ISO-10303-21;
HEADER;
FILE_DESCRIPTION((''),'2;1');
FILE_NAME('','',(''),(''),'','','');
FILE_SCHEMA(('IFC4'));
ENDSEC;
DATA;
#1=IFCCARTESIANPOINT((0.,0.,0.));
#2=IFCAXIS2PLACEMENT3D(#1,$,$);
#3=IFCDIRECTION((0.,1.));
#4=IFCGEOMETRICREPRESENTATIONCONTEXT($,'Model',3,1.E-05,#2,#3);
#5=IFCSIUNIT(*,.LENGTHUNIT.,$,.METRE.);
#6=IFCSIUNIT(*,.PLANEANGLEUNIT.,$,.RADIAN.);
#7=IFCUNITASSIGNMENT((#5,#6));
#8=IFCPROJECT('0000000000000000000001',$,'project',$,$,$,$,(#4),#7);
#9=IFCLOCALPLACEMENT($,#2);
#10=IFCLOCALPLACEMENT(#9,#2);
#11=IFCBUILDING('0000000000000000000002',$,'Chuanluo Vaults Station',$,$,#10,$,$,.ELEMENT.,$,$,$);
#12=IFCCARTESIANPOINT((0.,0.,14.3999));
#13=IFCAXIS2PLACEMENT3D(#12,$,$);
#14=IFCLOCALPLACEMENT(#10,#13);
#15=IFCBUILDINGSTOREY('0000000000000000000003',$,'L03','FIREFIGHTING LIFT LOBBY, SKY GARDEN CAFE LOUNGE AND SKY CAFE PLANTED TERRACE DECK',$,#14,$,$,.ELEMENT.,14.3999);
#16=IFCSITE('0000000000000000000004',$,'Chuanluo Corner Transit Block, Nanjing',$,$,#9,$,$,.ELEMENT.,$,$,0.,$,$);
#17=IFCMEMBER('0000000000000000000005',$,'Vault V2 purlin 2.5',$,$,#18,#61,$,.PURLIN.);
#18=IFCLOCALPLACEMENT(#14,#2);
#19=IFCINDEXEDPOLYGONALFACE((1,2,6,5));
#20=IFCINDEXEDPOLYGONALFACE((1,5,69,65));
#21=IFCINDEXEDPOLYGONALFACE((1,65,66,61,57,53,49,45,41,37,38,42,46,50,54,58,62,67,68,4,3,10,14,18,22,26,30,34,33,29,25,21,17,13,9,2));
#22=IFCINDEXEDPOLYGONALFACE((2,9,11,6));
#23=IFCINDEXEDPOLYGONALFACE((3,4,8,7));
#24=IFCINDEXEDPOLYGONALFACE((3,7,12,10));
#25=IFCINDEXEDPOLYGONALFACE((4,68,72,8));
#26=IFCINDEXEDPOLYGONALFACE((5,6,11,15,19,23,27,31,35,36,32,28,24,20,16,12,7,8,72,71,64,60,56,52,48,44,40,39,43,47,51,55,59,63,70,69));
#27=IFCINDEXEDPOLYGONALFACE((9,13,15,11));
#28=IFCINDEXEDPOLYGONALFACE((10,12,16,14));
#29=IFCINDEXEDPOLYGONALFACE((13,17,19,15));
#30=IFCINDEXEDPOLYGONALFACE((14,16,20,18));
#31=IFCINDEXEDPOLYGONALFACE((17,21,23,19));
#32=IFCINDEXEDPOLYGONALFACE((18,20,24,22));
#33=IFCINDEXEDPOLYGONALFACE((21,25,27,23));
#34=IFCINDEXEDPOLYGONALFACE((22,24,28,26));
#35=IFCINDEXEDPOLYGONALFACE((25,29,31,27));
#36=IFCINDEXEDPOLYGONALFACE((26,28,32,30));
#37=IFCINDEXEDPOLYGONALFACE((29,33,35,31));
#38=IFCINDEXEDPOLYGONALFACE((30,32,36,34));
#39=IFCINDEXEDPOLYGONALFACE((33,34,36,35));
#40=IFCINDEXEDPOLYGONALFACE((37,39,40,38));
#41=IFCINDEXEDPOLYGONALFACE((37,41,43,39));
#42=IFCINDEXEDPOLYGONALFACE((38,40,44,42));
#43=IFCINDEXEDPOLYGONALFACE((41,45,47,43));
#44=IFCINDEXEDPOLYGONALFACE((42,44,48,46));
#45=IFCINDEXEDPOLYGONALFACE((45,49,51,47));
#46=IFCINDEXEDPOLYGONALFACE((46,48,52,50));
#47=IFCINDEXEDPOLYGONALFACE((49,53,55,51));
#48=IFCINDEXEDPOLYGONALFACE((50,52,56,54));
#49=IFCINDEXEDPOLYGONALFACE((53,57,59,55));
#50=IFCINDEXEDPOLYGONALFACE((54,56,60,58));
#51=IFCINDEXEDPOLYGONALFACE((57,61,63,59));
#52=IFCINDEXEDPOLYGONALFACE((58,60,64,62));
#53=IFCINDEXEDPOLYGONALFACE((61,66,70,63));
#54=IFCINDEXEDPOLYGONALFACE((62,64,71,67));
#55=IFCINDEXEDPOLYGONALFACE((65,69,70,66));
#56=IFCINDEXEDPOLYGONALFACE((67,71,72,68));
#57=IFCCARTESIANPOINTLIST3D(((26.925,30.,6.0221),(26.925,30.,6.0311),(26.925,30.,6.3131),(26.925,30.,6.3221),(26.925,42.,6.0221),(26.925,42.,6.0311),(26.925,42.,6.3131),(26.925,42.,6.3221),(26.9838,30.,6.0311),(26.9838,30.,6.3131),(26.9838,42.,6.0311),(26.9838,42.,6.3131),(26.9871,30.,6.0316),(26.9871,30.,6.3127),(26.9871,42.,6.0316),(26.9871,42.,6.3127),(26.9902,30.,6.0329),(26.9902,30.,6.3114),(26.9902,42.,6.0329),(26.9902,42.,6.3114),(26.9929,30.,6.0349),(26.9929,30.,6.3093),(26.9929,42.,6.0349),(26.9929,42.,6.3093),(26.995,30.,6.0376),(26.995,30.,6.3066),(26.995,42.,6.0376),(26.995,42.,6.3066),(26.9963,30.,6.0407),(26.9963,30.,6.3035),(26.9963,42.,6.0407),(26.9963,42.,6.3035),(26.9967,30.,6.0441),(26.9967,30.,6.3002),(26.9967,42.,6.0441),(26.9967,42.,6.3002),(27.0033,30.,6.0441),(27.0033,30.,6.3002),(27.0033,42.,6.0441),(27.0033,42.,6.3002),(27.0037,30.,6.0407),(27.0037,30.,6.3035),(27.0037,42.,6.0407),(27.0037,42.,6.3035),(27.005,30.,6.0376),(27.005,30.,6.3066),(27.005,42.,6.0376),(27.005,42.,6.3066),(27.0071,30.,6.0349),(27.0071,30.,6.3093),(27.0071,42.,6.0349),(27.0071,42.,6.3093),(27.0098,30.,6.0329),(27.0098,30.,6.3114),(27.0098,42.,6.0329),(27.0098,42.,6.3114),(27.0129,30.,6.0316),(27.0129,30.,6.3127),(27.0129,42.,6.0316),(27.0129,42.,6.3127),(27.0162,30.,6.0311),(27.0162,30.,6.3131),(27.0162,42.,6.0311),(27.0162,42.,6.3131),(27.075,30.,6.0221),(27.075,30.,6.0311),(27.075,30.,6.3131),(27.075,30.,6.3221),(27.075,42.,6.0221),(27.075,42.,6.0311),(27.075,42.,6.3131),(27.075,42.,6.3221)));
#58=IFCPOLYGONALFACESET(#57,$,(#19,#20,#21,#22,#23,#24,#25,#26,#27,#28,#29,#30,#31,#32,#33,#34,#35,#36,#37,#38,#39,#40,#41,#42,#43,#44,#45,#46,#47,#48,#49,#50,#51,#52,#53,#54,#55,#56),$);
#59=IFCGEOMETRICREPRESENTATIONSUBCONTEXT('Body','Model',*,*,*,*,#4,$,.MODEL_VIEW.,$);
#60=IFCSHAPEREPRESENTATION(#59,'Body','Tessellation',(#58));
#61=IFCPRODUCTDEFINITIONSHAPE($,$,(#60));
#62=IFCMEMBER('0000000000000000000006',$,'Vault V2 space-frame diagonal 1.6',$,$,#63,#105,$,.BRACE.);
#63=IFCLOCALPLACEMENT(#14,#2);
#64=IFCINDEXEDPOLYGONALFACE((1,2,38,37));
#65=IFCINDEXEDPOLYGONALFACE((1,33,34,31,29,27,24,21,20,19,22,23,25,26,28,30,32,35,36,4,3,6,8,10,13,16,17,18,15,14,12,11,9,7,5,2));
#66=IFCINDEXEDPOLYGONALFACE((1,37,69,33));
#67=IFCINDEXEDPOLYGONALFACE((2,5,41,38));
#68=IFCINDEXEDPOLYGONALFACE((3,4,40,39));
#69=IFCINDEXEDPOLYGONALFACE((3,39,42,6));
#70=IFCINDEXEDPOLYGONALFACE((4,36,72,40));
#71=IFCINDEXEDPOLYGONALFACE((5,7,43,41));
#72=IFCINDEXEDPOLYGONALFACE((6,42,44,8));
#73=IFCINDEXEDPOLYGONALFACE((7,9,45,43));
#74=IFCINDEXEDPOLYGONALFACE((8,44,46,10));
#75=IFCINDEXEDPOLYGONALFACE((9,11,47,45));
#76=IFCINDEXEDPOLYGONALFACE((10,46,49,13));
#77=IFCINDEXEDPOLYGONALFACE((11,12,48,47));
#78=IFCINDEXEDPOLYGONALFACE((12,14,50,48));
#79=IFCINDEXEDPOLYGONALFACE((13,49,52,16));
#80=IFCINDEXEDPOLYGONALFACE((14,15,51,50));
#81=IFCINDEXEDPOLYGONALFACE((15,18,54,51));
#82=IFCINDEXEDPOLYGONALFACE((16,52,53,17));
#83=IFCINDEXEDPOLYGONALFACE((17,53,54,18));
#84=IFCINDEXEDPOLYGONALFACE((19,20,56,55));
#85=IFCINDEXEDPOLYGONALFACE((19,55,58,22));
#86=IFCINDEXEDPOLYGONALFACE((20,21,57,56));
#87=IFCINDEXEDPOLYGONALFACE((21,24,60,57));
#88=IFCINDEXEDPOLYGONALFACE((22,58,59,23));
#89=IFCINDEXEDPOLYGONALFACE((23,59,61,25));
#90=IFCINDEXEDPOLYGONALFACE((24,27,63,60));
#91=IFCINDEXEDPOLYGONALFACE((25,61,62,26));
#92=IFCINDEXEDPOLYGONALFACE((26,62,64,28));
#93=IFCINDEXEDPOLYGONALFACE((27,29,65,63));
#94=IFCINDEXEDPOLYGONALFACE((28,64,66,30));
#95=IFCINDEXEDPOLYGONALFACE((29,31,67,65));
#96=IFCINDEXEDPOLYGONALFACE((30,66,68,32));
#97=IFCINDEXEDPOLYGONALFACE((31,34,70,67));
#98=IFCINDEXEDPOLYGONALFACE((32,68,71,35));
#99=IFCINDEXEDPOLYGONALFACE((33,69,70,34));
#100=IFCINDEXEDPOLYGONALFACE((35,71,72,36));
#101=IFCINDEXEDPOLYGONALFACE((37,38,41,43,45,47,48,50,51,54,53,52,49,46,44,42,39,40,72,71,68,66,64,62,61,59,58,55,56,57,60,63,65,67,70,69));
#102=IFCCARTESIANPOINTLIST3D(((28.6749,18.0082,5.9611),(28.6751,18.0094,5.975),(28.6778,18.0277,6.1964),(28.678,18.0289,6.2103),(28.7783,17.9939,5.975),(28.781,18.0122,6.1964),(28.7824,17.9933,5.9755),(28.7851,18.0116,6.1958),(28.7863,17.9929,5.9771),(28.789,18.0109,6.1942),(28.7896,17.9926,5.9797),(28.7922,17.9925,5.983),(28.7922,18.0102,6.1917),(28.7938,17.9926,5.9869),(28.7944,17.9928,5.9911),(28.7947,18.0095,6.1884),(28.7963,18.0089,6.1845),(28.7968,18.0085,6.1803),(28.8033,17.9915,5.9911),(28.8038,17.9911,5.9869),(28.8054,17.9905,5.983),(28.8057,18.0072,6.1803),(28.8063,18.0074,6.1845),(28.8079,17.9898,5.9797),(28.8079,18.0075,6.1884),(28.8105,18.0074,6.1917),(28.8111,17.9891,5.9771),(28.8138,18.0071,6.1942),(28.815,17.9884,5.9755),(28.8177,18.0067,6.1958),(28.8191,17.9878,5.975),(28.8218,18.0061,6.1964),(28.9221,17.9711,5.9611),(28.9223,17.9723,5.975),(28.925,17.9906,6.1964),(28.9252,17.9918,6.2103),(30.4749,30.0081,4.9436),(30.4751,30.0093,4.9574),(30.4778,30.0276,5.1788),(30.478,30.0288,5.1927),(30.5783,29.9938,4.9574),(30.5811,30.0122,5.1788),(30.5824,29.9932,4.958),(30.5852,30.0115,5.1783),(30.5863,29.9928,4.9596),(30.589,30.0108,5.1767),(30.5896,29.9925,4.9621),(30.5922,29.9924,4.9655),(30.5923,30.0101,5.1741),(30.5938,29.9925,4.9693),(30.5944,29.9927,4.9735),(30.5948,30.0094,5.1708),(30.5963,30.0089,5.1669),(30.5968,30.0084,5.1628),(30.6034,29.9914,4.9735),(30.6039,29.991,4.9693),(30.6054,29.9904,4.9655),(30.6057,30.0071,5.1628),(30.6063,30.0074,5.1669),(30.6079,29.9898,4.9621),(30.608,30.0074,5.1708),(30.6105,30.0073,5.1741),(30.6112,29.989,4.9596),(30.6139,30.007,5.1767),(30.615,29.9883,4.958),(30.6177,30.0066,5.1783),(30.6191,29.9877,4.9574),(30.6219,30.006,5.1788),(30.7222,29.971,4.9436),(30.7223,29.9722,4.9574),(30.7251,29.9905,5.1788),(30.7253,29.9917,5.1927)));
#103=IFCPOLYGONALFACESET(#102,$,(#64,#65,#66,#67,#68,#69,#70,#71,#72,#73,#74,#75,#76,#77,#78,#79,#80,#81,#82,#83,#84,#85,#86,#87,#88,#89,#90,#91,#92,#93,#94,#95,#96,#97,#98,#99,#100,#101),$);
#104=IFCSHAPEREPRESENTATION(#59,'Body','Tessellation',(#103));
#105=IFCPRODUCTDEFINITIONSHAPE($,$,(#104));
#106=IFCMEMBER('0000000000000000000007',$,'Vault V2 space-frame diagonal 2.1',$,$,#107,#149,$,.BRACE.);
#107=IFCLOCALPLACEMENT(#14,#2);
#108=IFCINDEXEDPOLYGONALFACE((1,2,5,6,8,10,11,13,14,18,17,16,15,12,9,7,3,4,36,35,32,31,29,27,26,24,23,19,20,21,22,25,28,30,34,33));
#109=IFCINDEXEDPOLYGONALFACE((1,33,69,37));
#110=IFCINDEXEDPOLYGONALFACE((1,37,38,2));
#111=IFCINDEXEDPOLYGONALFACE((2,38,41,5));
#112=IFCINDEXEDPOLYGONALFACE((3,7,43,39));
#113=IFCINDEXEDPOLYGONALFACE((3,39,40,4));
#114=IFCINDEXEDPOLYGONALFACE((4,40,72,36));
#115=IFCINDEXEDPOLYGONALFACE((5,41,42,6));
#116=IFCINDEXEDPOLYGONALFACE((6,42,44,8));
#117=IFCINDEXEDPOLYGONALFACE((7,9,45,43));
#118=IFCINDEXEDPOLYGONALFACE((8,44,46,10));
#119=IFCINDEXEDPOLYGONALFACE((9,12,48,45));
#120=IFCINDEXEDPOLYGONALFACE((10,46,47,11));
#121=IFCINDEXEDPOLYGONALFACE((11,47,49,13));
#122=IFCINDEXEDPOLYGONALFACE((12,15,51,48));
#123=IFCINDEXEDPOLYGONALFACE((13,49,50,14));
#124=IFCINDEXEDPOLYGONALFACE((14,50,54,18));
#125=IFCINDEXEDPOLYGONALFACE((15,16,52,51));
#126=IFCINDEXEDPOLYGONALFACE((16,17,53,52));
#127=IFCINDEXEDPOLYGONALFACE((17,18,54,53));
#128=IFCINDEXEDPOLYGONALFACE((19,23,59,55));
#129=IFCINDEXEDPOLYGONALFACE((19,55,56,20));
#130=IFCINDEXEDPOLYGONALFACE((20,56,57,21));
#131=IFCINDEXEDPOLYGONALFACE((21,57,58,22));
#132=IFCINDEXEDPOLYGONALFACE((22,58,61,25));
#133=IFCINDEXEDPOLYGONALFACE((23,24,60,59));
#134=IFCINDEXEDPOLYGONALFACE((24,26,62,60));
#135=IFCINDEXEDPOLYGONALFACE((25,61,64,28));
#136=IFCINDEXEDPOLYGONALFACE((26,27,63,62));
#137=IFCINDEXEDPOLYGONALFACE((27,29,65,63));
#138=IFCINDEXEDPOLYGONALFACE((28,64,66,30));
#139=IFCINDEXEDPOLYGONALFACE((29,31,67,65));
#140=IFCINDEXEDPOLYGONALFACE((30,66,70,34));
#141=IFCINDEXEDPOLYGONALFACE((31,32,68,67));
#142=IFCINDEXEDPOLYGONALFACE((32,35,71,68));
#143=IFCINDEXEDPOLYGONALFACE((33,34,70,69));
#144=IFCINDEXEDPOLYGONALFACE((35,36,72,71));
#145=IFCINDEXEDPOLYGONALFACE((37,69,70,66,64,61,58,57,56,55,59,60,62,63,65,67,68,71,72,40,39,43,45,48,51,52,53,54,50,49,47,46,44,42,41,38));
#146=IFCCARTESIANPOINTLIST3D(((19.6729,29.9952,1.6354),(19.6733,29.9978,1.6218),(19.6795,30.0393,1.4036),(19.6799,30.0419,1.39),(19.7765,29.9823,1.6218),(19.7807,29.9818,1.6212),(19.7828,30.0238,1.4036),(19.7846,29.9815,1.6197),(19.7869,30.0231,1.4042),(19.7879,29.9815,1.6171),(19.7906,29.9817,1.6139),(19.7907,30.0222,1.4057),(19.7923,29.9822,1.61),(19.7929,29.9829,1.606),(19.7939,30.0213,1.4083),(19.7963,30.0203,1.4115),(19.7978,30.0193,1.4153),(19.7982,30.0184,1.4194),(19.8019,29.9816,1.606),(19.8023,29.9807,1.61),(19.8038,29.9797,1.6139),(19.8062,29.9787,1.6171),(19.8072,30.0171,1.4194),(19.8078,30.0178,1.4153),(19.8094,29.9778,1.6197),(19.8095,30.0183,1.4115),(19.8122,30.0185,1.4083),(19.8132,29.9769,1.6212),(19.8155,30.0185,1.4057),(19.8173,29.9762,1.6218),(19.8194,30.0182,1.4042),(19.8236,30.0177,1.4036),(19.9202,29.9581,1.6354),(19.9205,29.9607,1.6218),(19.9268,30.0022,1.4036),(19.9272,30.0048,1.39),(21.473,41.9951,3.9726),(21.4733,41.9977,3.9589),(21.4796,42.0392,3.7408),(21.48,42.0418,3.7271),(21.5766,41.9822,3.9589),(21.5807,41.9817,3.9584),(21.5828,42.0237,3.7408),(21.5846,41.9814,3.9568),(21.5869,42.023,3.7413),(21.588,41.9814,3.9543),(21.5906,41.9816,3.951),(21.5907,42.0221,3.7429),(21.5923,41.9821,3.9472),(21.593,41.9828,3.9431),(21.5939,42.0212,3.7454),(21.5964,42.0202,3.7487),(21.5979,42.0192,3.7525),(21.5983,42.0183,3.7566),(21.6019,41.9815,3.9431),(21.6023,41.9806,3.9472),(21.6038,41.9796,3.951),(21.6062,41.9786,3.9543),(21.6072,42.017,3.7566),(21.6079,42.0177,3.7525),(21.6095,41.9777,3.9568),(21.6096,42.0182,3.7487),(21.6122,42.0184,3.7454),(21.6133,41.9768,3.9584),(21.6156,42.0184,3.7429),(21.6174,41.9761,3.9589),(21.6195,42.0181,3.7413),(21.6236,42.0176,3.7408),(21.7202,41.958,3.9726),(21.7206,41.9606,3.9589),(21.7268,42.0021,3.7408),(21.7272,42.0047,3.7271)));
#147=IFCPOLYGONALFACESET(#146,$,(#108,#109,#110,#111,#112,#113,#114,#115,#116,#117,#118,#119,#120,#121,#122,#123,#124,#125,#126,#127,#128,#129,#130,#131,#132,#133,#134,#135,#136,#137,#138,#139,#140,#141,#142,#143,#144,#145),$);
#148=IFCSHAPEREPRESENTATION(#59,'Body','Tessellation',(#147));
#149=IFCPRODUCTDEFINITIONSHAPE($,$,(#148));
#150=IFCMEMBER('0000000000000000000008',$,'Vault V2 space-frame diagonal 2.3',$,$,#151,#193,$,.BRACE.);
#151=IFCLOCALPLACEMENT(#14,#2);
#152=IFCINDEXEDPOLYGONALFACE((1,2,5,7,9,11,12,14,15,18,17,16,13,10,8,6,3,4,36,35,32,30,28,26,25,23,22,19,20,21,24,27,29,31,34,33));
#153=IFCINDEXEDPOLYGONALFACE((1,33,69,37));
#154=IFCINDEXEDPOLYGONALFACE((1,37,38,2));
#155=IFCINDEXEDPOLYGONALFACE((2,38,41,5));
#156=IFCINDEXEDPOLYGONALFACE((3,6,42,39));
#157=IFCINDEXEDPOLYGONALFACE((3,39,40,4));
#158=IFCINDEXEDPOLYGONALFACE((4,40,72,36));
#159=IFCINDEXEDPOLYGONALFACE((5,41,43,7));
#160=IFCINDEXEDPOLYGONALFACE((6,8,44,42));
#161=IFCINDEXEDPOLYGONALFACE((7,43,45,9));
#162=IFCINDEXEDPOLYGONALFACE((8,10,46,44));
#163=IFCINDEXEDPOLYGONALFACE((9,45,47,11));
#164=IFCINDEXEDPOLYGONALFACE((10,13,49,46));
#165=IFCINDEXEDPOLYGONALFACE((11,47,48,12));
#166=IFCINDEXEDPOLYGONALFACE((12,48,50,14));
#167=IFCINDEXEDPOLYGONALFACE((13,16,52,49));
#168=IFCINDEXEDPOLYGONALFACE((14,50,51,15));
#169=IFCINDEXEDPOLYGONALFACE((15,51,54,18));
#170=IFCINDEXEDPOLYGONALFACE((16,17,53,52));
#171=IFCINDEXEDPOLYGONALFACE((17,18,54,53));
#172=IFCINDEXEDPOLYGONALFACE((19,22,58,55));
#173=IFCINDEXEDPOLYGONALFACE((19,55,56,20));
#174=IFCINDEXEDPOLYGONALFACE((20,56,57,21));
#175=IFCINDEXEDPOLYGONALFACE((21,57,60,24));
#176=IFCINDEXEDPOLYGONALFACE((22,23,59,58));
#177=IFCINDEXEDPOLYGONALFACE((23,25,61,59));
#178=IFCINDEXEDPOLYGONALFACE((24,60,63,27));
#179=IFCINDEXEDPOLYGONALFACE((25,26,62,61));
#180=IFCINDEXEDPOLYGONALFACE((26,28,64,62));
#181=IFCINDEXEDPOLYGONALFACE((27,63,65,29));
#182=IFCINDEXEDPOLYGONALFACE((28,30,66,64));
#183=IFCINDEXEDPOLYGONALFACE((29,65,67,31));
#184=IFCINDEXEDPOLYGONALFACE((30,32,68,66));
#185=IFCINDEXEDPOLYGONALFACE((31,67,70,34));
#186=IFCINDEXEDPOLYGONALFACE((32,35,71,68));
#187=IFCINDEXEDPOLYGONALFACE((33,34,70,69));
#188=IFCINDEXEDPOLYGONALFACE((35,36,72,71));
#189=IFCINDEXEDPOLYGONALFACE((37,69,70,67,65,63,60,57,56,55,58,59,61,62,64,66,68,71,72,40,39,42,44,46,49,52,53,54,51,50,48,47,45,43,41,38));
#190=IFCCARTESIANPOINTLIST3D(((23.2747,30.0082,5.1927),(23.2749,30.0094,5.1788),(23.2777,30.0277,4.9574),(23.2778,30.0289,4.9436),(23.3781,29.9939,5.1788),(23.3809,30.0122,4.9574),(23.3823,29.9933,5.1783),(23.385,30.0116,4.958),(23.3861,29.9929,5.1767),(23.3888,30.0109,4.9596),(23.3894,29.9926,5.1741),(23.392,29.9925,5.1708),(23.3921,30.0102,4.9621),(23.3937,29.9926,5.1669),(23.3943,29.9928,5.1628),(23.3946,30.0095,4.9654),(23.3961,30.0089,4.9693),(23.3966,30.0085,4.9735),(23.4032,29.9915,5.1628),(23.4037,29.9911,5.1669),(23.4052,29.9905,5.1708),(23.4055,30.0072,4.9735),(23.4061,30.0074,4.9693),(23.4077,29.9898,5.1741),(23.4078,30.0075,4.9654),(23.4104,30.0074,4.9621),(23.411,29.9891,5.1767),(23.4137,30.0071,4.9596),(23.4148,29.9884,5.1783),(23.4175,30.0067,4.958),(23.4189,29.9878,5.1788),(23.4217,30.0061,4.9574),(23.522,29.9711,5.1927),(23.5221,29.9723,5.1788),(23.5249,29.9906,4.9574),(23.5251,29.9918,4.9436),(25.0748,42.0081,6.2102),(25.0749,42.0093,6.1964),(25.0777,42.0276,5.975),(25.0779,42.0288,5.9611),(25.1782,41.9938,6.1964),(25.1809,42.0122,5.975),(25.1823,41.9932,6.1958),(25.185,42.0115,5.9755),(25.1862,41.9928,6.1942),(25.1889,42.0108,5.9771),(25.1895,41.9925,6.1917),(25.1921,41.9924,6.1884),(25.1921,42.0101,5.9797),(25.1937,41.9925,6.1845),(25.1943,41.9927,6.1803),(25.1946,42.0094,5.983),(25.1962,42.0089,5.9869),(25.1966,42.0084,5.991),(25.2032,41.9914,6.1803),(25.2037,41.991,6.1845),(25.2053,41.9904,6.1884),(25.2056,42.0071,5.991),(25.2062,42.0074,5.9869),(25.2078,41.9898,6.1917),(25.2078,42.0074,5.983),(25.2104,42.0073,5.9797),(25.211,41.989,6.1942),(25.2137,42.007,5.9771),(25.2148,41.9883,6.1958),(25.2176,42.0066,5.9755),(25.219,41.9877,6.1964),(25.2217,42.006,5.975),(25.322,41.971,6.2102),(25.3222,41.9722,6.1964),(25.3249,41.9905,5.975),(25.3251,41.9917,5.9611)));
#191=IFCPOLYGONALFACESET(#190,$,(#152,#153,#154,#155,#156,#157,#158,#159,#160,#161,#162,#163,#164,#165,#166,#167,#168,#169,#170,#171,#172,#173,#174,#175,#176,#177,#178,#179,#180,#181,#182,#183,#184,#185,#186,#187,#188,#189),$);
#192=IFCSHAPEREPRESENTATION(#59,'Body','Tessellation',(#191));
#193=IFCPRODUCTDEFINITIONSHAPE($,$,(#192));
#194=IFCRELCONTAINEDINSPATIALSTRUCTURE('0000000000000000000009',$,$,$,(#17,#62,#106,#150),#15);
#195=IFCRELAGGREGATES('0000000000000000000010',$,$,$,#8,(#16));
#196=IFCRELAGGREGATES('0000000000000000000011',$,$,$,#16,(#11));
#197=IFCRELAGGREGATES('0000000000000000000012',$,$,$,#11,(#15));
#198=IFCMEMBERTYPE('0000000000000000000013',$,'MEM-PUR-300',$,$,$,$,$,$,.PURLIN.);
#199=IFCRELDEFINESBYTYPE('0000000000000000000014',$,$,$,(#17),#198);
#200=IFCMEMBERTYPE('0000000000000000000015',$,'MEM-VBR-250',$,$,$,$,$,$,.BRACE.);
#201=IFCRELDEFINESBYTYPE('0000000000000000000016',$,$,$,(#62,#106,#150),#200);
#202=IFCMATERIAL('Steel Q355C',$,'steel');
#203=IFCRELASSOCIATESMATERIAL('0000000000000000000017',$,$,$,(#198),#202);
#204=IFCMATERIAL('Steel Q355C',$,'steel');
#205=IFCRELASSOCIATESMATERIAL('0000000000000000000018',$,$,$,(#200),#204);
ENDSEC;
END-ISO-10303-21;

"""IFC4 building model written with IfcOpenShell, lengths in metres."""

from ifc_helpers import new_model, si_unit, direction, frame, origin, origin_2d, place, context, subcontext, project, spatial, i_section, extrude, material, material_profile, profile_set, type_object, element, save


model = new_model("IFC4")

# Units and contexts
model_context = context("Model", 3, precision=1e-05, world=origin(), true_north=direction((0.0, 1.0)))
body_context = subcontext(model_context, "Body", "Model", "MODEL_VIEW")
ifc_project = project(units=[si_unit("LENGTHUNIT", "METRE"), si_unit("PLANEANGLEUNIT", "RADIAN")], contexts=[model_context])

# Site, building, storey
site_placement = place(None, origin())
site = spatial("IfcSite", under=ifc_project, at=site_placement, Name="Chuanluo Corner Transit Block, Nanjing", CompositionType="ELEMENT", RefElevation=0.0)
building_placement = place(site_placement, origin())
building = spatial("IfcBuilding", under=site, at=building_placement, Name="Chuanluo Vaults Station", CompositionType="ELEMENT")
storey_placement = place(building_placement, frame((0.0, 0.0, 14.3999)))
storey = spatial("IfcBuildingStorey", under=building, at=storey_placement, Name="L03", Description="FIREFIGHTING LIFT LOBBY, SKY GARDEN CAFE LOUNGE AND SKY CAFE PLANTED TERRACE DECK", CompositionType="ELEMENT", Elevation=14.3999)

# Members
ifc_material_1 = material(Name="Steel Q355C", Category="steel")
ifc_material_profile_1 = material_profile(ifc_material_1, i_section(OverallWidth=0.1499, OverallDepth=0.3, WebThickness=0.0066, FlangeThickness=0.009, FilletRadius=0.0129, at=origin_2d()))
ifc_profile_set_1 = profile_set([ifc_material_profile_1], Name="Steel Q355C")
member_type_1 = type_object("IfcMemberType", Name="MEM-PUR-300", PredefinedType="PURLIN", material=ifc_profile_set_1)
for number, where, z_axis, x_axis, name in (
    (1, (27.0, 30.0, 6.1721), (0.0, 1.0, 0.0), (-1.0, 0.0, 0.0), "Vault V2 purlin 2.5"),
):
    element("IfcMember", number, at=place(storey_placement, frame(where, z_axis=z_axis, x_axis=x_axis)), inside=storey, type_object=member_type_1, Name=name, PredefinedType="PURLIN", context=body_context, shape_type="SweptSolid", body=[
        extrude(i_section(OverallWidth=0.1499, OverallDepth=0.3, WebThickness=0.0066, FlangeThickness=0.009, FilletRadius=0.0129, at=origin_2d()), origin(), (0.0, 0.0, 1.0), 12.0),
    ])
ifc_material_2 = material(Name="Steel Q355C", Category="steel")
ifc_material_profile_2 = material_profile(ifc_material_2, i_section(OverallWidth=0.25, OverallDepth=0.25, WebThickness=0.009, FlangeThickness=0.0139, FilletRadius=0.0161, at=origin_2d()))
ifc_profile_set_2 = profile_set([ifc_material_profile_2], Name="Steel Q355C")
member_type_2 = type_object("IfcMemberType", Name="MEM-VBR-250", PredefinedType="BRACE", material=ifc_profile_set_2)
member_1_placement = place(storey_placement, frame((28.8, 18.0, 6.0857), z_axis=(0.147826, 0.985477, -0.083567), x_axis=(-0.988936, 0.148344, 0.0)))
element("IfcMember", 2, at=member_1_placement, inside=storey, type_object=member_type_2, Name="Vault V2 space-frame diagonal 1.6", PredefinedType="BRACE", context=body_context, shape_type="SweptSolid", body=[
    extrude(i_section(OverallWidth=0.25, OverallDepth=0.25, WebThickness=0.009, FlangeThickness=0.0139, FilletRadius=0.0161, at=origin_2d()), origin(), (0.0, 0.0, 1.0), 12.1768),
])
member_2_placement = place(storey_placement, frame((19.8, 30.0, 1.5127), z_axis=(0.145667, 0.971087, 0.189132), x_axis=(-0.988936, 0.148344, 0.0)))
element("IfcMember", 3, at=member_2_placement, inside=storey, type_object=member_type_2, Name="Vault V2 space-frame diagonal 2.1", PredefinedType="BRACE", context=body_context, shape_type="SweptSolid", body=[
    extrude(i_section(OverallWidth=0.25, OverallDepth=0.25, WebThickness=0.009, FlangeThickness=0.0139, FilletRadius=0.0161, at=origin_2d()), origin(), (0.0, 0.0, 1.0), 12.3572),
])
member_3_placement = place(storey_placement, frame((23.3999, 30.0, 5.0681), z_axis=(0.147826, 0.985477, 0.083567), x_axis=(-0.988936, 0.148344, 0.0)))
element("IfcMember", 4, at=member_3_placement, inside=storey, type_object=member_type_2, Name="Vault V2 space-frame diagonal 2.3", PredefinedType="BRACE", context=body_context, shape_type="SweptSolid", body=[
    extrude(i_section(OverallWidth=0.25, OverallDepth=0.25, WebThickness=0.009, FlangeThickness=0.0139, FilletRadius=0.0161, at=origin_2d()), origin(), (0.0, 0.0, 1.0), 12.1768),
])

save(model, "model.ifc")
